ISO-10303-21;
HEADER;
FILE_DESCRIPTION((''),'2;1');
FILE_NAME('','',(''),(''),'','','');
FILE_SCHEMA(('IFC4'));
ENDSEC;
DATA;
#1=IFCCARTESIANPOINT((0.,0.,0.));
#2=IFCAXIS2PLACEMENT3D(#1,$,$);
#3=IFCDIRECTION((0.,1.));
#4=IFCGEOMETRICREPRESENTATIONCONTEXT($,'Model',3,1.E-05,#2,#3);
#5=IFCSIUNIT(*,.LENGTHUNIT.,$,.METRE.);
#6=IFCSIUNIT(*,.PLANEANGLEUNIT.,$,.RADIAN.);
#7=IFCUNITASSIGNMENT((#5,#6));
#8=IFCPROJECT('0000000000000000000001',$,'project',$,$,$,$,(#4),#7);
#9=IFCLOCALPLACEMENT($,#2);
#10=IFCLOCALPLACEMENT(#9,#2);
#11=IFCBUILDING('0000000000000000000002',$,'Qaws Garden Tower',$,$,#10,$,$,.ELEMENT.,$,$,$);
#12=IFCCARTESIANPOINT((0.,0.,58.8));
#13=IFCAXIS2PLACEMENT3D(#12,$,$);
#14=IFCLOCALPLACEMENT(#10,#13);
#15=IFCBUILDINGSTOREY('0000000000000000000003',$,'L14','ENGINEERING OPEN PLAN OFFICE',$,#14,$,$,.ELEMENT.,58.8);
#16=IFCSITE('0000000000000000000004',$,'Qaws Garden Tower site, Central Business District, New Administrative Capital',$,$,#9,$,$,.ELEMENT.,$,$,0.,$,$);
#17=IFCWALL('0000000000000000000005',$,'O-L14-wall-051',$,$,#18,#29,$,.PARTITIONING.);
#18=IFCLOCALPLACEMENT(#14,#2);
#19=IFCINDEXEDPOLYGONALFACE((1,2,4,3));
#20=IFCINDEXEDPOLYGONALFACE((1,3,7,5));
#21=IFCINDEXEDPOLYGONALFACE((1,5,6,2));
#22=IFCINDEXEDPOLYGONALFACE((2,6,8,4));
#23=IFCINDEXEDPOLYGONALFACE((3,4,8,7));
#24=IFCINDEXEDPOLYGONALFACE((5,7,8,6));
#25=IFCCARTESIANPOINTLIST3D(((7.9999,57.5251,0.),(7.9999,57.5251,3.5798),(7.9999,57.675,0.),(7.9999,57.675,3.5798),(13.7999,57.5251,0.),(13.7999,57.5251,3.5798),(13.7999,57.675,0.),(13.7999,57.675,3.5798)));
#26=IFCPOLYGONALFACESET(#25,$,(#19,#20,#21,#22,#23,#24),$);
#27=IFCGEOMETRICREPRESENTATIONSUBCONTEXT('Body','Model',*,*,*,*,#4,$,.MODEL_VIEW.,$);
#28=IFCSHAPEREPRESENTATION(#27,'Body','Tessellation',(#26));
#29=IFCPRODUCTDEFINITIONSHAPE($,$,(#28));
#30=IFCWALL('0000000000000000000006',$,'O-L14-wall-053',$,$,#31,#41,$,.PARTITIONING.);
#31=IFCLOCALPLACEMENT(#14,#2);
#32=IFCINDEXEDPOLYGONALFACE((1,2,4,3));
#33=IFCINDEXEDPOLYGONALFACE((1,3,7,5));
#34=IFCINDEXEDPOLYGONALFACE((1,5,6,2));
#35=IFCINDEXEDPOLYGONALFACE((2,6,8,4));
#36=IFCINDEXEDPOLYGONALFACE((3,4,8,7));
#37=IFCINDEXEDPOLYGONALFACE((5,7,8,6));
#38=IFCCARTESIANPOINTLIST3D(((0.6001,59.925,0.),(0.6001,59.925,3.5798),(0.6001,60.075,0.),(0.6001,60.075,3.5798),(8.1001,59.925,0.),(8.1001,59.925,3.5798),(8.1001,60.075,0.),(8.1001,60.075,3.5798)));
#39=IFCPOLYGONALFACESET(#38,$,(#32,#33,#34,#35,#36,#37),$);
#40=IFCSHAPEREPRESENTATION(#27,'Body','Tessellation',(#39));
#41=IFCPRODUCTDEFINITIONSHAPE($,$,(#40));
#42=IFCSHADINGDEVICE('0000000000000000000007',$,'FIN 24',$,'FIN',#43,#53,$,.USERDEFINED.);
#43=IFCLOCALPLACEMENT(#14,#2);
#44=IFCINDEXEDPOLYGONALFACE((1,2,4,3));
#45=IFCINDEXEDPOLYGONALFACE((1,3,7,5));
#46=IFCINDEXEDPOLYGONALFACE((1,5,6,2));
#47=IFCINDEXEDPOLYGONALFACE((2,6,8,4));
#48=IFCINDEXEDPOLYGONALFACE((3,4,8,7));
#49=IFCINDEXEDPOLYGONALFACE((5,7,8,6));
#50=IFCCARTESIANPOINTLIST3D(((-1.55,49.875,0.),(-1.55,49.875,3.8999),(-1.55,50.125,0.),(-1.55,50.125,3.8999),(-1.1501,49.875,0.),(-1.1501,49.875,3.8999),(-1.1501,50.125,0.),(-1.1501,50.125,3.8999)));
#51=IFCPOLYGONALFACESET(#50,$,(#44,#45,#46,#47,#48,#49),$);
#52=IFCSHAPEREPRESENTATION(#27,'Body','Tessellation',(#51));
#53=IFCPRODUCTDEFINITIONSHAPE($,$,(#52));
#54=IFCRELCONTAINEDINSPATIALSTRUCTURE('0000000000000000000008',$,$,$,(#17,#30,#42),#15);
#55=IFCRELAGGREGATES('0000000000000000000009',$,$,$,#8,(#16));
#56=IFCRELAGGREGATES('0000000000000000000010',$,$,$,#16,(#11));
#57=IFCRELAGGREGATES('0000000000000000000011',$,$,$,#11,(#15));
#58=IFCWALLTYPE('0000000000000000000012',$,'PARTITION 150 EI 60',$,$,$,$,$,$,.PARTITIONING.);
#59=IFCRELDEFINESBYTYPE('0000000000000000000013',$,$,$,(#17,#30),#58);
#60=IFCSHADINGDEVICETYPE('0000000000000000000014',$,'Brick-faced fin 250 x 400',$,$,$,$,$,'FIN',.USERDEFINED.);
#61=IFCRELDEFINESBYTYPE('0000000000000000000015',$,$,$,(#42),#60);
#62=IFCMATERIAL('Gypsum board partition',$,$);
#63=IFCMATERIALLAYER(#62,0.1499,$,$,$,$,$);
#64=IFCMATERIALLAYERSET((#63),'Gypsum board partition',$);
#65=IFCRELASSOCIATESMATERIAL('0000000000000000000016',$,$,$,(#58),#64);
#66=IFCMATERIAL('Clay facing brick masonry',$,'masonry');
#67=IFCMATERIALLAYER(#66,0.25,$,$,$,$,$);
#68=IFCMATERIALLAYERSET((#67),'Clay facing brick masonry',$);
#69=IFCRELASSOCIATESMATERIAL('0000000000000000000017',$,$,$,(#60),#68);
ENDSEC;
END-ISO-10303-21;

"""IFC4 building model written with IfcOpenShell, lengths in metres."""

from ifc_helpers import new_model, si_unit, direction, frame, frame_2d, origin, origin_2d, place, context, subcontext, project, spatial, rectangle, extrude, material, layer, layer_set, type_object, element, save


model = new_model("IFC4")

# Units and contexts
model_context = context("Model", 3, precision=1e-05, world=origin(), true_north=direction((0.0, 1.0)))
body_context = subcontext(model_context, "Body", "Model", "MODEL_VIEW")
ifc_project = project(units=[si_unit("LENGTHUNIT", "METRE"), si_unit("PLANEANGLEUNIT", "RADIAN")], contexts=[model_context])

# Site, building, storey
site_placement = place(None, origin())
site = spatial("IfcSite", under=ifc_project, at=site_placement, Name="Qaws Garden Tower site, Central Business District, New Administrative Capital", CompositionType="ELEMENT", RefElevation=0.0)
building_placement = place(site_placement, origin())
building = spatial("IfcBuilding", under=site, at=building_placement, Name="Qaws Garden Tower", CompositionType="ELEMENT")
storey_placement = place(building_placement, frame((0.0, 0.0, 58.8)))
storey = spatial("IfcBuildingStorey", under=building, at=storey_placement, Name="L14", Description="ENGINEERING OPEN PLAN OFFICE", CompositionType="ELEMENT", Elevation=58.8)

# Shared definitions
ifc_material_1 = material(Name="Gypsum board partition")
ifc_layer_1 = layer(ifc_material_1, 0.1499)
ifc_layer_set_1 = layer_set([ifc_layer_1], Name="Gypsum board partition")
wall_type_1 = type_object("IfcWallType", Name="PARTITION 150 EI 60", PredefinedType="PARTITIONING", material=ifc_layer_set_1)

# Walls
wall_1_placement = place(storey_placement, frame((8.0, 57.6001, 0.0), z_axis=(0.0, 0.0, 1.0), x_axis=(1.0, 0.0, 0.0)))
element("IfcWall", 1, at=wall_1_placement, inside=storey, type_object=wall_type_1, Name="O-L14-wall-051", PredefinedType="PARTITIONING", context=body_context, shape_type="SweptSolid", body=[
    extrude(rectangle(XDim=5.8, YDim=0.1499, at=frame_2d((2.8999, 0.0))), origin(), (0.0, 0.0, 1.0), 3.5798),
])
wall_2_placement = place(storey_placement, frame((0.6001, 60.0, 0.0), z_axis=(0.0, 0.0, 1.0), x_axis=(1.0, 0.0, 0.0)))
element("IfcWall", 2, at=wall_2_placement, inside=storey, type_object=wall_type_1, Name="O-L14-wall-053", PredefinedType="PARTITIONING", context=body_context, shape_type="SweptSolid", body=[
    extrude(rectangle(XDim=7.5, YDim=0.1499, at=frame_2d((3.75, 0.0))), origin(), (0.0, 0.0, 1.0), 3.5798),
])

# Shading device
ifc_material_2 = material(Name="Clay facing brick masonry", Category="masonry")
ifc_layer_2 = layer(ifc_material_2, 0.25)
ifc_layer_set_2 = layer_set([ifc_layer_2], Name="Clay facing brick masonry")
shading_device_type = type_object("IfcShadingDeviceType", Name="Brick-faced fin 250 x 400", ElementType="FIN", PredefinedType="USERDEFINED", material=ifc_layer_set_2)
shading_device_placement = place(storey_placement, frame((-1.3501, 50.0, 0.0), z_axis=(0.0, 0.0, 1.0), x_axis=(0.0, -1.0, 0.0)))
element("IfcShadingDevice", 3, at=shading_device_placement, inside=storey, type_object=shading_device_type, Name="FIN 24", ObjectType="FIN", PredefinedType="USERDEFINED", context=body_context, shape_type="SweptSolid", body=[
    extrude(rectangle(XDim=0.25, YDim=0.3999, at=origin_2d()), origin(), (0.0, 0.0, 1.0), 3.8999),
])

save(model, "model.ifc")
